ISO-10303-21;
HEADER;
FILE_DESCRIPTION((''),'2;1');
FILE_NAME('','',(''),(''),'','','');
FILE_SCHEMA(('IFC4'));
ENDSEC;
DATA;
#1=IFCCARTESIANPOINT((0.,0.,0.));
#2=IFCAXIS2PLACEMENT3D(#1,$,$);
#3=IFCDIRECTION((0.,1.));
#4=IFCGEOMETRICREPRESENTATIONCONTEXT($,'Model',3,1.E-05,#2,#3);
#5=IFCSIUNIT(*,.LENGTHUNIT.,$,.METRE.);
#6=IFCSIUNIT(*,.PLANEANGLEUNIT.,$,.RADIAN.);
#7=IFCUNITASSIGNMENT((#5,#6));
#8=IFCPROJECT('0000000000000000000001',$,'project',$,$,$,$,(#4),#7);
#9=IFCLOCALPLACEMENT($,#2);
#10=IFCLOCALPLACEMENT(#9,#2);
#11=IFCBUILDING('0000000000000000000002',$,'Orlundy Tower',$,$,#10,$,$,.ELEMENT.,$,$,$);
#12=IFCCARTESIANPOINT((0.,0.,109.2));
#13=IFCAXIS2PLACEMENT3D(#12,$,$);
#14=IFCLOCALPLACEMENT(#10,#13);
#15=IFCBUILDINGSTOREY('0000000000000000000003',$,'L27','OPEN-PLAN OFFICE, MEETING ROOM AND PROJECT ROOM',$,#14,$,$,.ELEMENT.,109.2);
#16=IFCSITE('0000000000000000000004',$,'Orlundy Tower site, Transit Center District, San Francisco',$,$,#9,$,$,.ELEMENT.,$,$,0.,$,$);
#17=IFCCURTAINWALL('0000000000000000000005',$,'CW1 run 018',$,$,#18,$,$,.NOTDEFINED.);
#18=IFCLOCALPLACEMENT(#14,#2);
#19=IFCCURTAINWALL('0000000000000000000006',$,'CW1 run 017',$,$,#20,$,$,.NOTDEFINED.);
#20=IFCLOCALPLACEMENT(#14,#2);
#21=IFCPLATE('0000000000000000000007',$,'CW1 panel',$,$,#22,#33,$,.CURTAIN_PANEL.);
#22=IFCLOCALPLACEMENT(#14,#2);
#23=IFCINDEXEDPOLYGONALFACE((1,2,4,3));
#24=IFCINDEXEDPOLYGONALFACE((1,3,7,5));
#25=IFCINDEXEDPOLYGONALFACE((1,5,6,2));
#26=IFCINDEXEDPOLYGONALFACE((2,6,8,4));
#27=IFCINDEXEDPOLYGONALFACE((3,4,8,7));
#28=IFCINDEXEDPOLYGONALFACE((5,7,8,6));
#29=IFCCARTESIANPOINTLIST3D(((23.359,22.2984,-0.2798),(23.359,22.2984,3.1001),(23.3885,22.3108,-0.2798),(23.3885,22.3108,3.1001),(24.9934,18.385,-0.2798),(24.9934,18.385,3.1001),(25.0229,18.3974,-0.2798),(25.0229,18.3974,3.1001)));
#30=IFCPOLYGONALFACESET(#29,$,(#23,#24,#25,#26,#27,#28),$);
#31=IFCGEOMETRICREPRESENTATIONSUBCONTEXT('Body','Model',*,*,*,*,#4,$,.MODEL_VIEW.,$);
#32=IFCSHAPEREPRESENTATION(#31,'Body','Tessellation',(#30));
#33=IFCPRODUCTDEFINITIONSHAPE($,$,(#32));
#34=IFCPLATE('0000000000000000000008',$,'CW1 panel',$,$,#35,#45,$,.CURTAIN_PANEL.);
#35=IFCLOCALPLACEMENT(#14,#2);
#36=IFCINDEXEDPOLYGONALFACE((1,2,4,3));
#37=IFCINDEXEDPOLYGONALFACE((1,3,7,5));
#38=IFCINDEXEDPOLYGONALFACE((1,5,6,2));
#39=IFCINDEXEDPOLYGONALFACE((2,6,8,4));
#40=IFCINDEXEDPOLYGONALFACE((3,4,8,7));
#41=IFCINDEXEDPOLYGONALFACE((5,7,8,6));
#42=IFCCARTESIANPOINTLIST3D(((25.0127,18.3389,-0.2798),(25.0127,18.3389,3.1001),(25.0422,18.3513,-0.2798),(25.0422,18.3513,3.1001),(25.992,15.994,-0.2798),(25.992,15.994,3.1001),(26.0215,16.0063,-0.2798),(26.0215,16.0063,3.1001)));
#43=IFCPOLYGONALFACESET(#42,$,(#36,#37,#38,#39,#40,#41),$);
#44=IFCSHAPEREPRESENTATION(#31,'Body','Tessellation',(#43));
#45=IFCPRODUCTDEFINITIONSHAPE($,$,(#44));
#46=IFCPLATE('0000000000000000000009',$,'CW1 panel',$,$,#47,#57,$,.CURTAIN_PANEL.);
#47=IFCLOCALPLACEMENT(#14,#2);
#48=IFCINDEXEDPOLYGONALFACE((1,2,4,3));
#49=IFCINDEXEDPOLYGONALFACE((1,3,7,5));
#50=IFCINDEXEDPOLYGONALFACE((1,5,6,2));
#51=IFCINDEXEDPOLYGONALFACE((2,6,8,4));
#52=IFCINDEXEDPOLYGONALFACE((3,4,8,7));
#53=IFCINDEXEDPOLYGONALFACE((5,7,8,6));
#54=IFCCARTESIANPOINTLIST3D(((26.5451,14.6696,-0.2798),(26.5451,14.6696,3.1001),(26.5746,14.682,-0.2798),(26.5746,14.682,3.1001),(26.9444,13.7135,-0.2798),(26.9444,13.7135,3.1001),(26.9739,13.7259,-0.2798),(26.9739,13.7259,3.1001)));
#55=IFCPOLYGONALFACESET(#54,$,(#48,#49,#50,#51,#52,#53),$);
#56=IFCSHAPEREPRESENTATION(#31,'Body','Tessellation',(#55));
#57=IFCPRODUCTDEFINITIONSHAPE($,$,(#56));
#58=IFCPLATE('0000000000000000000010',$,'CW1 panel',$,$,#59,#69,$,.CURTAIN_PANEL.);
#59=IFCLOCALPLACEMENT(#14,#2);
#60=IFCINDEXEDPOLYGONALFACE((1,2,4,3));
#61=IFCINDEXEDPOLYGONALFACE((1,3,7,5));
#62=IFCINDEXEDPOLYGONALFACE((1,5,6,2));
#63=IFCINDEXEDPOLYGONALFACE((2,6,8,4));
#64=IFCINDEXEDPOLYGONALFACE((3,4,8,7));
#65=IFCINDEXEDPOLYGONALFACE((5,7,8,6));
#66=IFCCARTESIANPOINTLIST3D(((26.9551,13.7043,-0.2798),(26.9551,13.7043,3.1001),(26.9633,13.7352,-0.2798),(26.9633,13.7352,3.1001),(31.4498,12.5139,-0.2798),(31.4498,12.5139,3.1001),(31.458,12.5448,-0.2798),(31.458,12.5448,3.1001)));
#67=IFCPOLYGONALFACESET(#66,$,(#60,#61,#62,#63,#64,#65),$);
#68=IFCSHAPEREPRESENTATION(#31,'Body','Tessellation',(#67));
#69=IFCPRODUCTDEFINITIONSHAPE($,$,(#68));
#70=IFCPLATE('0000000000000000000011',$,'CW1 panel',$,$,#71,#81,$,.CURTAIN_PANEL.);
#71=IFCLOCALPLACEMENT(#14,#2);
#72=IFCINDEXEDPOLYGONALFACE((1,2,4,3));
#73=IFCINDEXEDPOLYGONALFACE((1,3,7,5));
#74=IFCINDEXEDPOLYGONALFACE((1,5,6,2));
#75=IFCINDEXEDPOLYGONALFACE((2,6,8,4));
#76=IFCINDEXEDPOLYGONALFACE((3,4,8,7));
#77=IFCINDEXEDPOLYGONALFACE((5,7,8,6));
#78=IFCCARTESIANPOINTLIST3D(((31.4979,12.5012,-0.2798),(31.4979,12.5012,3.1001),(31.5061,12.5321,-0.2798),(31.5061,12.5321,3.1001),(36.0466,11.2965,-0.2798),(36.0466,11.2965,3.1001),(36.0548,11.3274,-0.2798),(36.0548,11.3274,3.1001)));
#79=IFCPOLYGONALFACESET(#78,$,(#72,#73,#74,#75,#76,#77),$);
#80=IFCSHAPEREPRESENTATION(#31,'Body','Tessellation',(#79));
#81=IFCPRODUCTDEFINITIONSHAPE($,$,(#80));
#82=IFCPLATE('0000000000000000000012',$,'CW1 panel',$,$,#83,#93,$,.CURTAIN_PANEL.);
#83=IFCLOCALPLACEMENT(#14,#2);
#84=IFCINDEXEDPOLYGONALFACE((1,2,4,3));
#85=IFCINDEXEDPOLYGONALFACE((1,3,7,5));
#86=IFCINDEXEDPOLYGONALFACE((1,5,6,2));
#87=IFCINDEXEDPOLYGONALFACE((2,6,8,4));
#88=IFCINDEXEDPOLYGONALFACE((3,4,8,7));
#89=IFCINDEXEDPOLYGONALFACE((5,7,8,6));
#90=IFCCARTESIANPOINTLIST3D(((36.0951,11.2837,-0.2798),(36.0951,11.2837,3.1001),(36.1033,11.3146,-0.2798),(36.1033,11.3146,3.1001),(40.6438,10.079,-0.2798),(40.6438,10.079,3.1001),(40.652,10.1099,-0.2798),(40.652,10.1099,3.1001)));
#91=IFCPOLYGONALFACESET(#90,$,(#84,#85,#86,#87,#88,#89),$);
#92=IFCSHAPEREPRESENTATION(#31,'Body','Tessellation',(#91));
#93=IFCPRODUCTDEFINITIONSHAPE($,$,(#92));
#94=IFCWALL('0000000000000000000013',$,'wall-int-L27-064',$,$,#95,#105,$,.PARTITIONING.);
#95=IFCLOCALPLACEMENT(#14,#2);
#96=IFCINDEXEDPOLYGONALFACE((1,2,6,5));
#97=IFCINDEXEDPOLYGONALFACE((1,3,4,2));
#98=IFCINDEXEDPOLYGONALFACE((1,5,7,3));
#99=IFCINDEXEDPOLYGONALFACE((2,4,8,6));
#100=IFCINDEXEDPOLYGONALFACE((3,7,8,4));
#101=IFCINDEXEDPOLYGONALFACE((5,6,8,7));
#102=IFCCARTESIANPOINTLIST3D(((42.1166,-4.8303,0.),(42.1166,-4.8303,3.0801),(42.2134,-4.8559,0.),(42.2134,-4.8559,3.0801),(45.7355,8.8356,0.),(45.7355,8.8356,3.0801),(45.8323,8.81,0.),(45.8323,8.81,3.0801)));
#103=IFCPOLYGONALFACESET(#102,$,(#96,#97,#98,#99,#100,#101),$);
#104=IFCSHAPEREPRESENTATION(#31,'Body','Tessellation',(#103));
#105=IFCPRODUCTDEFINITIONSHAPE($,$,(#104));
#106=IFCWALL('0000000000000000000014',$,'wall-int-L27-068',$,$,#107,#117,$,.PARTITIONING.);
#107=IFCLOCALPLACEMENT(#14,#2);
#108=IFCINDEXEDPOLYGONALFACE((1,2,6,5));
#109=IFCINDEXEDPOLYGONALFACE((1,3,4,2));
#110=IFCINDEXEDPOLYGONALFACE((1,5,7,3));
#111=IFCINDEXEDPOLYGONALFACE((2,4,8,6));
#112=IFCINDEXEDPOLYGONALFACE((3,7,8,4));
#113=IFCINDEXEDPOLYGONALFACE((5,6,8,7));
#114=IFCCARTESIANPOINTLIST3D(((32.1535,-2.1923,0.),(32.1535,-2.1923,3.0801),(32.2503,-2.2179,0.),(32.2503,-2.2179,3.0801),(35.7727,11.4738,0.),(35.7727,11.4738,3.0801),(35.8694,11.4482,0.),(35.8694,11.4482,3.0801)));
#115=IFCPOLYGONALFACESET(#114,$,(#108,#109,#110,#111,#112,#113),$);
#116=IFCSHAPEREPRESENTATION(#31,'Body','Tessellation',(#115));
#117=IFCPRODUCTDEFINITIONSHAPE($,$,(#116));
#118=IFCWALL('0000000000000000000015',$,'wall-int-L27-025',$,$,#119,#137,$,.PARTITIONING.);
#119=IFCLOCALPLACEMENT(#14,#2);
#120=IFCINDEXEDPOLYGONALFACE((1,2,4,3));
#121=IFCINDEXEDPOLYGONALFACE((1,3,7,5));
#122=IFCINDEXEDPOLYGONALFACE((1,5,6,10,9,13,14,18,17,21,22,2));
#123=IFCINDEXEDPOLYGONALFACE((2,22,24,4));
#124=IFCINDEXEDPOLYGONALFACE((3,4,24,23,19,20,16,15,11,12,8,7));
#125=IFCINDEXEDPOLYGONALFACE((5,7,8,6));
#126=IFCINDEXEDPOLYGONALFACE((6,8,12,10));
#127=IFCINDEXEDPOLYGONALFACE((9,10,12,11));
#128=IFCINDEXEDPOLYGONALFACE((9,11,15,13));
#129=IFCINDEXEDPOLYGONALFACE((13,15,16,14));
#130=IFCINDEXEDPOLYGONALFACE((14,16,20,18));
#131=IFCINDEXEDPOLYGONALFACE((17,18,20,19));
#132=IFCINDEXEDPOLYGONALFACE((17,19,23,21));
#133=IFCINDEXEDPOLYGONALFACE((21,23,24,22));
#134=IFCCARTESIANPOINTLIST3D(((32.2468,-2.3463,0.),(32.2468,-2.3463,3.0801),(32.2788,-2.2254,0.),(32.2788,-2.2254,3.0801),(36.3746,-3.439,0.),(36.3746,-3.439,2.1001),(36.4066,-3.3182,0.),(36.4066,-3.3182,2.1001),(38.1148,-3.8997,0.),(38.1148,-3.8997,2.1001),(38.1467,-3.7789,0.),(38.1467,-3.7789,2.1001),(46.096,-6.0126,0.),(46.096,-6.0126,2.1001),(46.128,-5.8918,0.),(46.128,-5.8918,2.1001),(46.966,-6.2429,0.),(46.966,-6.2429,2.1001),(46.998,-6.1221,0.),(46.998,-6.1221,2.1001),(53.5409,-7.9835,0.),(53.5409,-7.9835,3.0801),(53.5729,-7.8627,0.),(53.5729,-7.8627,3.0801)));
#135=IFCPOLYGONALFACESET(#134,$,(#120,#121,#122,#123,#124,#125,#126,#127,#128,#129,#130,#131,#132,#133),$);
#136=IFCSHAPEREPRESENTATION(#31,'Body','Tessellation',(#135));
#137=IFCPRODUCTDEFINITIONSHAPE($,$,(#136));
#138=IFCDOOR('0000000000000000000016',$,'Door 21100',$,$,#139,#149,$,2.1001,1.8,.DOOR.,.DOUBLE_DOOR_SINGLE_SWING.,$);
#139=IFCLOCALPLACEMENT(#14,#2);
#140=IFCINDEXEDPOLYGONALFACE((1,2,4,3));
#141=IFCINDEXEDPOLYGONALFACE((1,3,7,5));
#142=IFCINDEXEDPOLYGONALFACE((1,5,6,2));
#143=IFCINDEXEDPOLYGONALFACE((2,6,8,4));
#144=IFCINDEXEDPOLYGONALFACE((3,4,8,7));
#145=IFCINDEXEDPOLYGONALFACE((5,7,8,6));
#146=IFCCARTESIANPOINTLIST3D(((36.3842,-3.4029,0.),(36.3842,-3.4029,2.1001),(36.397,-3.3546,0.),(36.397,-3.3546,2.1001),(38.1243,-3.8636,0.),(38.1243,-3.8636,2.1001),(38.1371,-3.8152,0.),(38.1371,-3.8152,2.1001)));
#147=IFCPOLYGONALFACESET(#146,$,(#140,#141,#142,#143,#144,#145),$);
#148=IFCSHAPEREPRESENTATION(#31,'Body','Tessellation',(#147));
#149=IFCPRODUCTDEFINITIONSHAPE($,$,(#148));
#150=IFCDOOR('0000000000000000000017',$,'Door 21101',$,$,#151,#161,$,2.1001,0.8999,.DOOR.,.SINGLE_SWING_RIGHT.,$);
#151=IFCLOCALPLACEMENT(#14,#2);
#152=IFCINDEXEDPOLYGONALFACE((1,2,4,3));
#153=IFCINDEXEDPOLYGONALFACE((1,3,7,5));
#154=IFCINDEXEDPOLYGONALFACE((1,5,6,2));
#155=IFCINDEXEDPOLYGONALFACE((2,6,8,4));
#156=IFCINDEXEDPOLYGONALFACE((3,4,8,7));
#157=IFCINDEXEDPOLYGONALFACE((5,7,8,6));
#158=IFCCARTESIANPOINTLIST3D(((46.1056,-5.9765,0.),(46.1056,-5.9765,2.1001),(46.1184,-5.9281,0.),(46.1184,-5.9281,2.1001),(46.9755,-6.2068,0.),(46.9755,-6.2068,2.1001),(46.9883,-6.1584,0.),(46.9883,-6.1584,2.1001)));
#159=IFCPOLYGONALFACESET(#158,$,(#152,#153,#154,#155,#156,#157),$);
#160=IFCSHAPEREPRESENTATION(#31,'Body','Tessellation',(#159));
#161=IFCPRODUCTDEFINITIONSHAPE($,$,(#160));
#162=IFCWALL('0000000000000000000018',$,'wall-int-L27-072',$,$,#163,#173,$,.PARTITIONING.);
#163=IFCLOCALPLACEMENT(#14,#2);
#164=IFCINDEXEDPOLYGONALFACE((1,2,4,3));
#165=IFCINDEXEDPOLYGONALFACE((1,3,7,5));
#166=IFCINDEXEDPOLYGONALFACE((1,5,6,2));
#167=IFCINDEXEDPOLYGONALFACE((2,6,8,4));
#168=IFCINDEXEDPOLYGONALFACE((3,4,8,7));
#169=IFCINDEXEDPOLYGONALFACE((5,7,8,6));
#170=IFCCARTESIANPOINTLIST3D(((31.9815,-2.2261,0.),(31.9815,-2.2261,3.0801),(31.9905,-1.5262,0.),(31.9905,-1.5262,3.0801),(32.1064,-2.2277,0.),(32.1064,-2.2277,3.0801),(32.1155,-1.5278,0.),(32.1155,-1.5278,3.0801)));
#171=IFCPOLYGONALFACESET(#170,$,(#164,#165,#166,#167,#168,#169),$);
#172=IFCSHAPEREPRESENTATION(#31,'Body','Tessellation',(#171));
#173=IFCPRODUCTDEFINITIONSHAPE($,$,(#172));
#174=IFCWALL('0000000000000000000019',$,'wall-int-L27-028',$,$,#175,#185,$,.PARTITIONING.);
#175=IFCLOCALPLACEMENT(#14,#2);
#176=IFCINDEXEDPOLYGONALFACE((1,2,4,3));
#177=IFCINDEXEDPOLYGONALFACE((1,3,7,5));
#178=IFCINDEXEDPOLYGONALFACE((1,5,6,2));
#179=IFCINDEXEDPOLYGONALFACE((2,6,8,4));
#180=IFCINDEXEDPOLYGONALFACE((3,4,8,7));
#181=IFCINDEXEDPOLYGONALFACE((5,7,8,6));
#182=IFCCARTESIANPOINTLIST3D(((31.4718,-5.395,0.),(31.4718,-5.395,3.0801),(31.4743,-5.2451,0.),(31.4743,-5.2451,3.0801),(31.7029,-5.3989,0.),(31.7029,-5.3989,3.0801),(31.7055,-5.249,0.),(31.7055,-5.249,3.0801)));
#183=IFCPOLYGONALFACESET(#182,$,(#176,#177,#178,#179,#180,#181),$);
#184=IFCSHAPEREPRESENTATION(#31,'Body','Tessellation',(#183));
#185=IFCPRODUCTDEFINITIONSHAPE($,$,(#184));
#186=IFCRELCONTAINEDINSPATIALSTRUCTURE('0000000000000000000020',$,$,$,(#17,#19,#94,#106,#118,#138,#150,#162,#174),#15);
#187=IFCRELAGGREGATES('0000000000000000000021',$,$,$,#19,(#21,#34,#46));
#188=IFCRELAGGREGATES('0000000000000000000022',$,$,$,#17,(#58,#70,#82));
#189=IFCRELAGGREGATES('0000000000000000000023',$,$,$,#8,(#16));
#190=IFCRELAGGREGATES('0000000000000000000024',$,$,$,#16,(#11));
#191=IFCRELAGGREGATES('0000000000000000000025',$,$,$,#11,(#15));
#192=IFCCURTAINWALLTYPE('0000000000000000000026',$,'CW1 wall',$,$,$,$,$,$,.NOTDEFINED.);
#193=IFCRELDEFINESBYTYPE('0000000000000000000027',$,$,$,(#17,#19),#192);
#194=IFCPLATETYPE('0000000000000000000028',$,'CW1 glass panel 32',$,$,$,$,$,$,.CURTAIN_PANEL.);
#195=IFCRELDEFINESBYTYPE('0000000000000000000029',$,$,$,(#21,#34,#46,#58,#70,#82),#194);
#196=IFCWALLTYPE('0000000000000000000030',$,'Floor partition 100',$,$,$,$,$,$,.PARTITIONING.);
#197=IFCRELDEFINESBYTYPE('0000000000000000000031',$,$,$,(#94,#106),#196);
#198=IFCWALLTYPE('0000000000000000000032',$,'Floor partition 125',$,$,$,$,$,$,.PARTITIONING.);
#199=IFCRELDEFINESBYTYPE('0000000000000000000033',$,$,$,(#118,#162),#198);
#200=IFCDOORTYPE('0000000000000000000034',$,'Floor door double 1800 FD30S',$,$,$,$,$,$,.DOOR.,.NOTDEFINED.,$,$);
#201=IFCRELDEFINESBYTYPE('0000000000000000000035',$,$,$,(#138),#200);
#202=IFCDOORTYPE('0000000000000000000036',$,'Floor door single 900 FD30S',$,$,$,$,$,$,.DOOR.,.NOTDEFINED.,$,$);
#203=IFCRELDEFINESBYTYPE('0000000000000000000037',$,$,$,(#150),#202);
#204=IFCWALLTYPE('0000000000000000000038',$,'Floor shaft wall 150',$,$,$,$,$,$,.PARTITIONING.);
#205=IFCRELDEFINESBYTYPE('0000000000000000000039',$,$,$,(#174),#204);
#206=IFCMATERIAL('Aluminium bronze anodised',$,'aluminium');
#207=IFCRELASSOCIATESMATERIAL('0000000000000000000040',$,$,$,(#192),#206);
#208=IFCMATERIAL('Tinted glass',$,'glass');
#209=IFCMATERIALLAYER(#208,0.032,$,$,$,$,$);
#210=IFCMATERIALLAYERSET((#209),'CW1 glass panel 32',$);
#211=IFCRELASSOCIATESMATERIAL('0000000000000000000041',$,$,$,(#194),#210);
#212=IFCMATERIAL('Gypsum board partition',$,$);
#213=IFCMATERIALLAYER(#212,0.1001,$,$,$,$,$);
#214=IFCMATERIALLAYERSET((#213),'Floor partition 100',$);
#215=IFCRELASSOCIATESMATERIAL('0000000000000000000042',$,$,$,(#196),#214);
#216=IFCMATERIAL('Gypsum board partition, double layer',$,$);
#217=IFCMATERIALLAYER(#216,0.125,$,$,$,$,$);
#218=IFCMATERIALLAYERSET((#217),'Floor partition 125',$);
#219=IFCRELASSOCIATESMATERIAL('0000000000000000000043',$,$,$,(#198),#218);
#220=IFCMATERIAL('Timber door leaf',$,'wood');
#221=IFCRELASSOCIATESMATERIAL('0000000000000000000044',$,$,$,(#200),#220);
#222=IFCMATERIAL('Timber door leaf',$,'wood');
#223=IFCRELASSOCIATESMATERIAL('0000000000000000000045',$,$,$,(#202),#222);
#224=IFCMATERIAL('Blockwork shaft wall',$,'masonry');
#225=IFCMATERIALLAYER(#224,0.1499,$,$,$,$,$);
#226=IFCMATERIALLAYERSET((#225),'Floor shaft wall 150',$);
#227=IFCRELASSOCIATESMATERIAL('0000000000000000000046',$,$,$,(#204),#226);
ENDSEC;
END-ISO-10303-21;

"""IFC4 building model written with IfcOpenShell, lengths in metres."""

from ifc_helpers import new_model, si_unit, direction, frame, frame_2d, origin, origin_2d, place, context, subcontext, project, spatial, rectangle, extrude, material, layer, layer_set, type_object, element, fill, aggregate, save


model = new_model("IFC4")

# Units and contexts
model_context = context("Model", 3, precision=1e-05, world=origin(), true_north=direction((0.0, 1.0)))
body_context = subcontext(model_context, "Body", "Model", "MODEL_VIEW")
ifc_project = project(units=[si_unit("LENGTHUNIT", "METRE"), si_unit("PLANEANGLEUNIT", "RADIAN")], contexts=[model_context])

# Site, building, storey
site_placement = place(None, origin())
site = spatial("IfcSite", under=ifc_project, at=site_placement, Name="Orlundy Tower site, Transit Center District, San Francisco", CompositionType="ELEMENT", RefElevation=0.0)
building_placement = place(site_placement, origin())
building = spatial("IfcBuilding", under=site, at=building_placement, Name="Orlundy Tower", CompositionType="ELEMENT")
storey_placement = place(building_placement, frame((0.0, 0.0, 109.2)))
storey = spatial("IfcBuildingStorey", under=building, at=storey_placement, Name="L27", Description="OPEN-PLAN OFFICE, MEETING ROOM AND PROJECT ROOM", CompositionType="ELEMENT", Elevation=109.2)

# Curtain walls
ifc_material_1 = material(Name="Aluminium bronze anodised", Category="aluminium")
curtain_wall_type = type_object("IfcCurtainWallType", Name="CW1 wall", PredefinedType="NOTDEFINED", material=ifc_material_1)
curtain_wall_1_placement = place(storey_placement, origin())
curtain_wall_1 = element("IfcCurtainWall", 1, at=curtain_wall_1_placement, inside=storey, type_object=curtain_wall_type, Name="CW1 run 018", PredefinedType="NOTDEFINED")
curtain_wall_2_placement = place(storey_placement, origin())
curtain_wall_2 = element("IfcCurtainWall", 2, at=curtain_wall_2_placement, inside=storey, type_object=curtain_wall_type, Name="CW1 run 017", PredefinedType="NOTDEFINED")

# Plates
ifc_material_2 = material(Name="Tinted glass", Category="glass")
ifc_layer_1 = layer(ifc_material_2, 0.032)
ifc_layer_set_1 = layer_set([ifc_layer_1], Name="CW1 glass panel 32")
plate_type = type_object("IfcPlateType", Name="CW1 glass panel 32", PredefinedType="CURTAIN_PANEL", material=ifc_layer_set_1)
plate_1_placement = place(storey_placement, frame((24.1909, 20.3479, -0.2798), z_axis=(0.0, 0.0, 1.0), x_axis=(0.385378, -0.922759, 0.0)))
plate_1 = element("IfcPlate", 3, at=plate_1_placement, type_object=plate_type, Name="CW1 panel", PredefinedType="CURTAIN_PANEL", context=body_context, shape_type="SweptSolid", body=[
    extrude(rectangle(XDim=4.241, YDim=0.032, at=origin_2d()), origin(), (0.0, 0.0, 1.0), 3.3799),
])
plate_2_placement = place(storey_placement, frame((25.5171, 17.1726, -0.2798), z_axis=(0.0, 0.0, 1.0), x_axis=(0.385378, -0.922759, 0.0)))
plate_2 = element("IfcPlate", 4, at=plate_2_placement, type_object=plate_type, Name="CW1 panel", PredefinedType="CURTAIN_PANEL", context=body_context, shape_type="SweptSolid", body=[
    extrude(rectangle(XDim=2.5413, YDim=0.032, at=origin_2d()), origin(), (0.0, 0.0, 1.0), 3.3799),
])
plate_3_placement = place(storey_placement, frame((26.7595, 14.1978, -0.2798), z_axis=(0.0, 0.0, 1.0), x_axis=(0.385378, -0.922759, 0.0)))
plate_3 = element("IfcPlate", 5, at=plate_3_placement, type_object=plate_type, Name="CW1 panel", PredefinedType="CURTAIN_PANEL", context=body_context, shape_type="SweptSolid", body=[
    extrude(rectangle(XDim=1.0361, YDim=0.032, at=origin_2d()), origin(), (0.0, 0.0, 1.0), 3.3799),
])
aggregate(curtain_wall_2, [plate_1, plate_2, plate_3])
plate_4_placement = place(storey_placement, frame((29.2065, 13.1245, -0.2798), z_axis=(0.0, 0.0, 1.0), x_axis=(0.966672, -0.25602, 0.0)))
plate_4 = element("IfcPlate", 6, at=plate_4_placement, type_object=plate_type, Name="CW1 panel", PredefinedType="CURTAIN_PANEL", context=body_context, shape_type="SweptSolid", body=[
    extrude(rectangle(XDim=4.6497, YDim=0.032, at=origin_2d()), origin(), (0.0, 0.0, 1.0), 3.3799),
])
plate_5_placement = place(storey_placement, frame((33.7764, 11.9143, -0.2798), z_axis=(0.0, 0.0, 1.0), x_axis=(0.966672, -0.25602, 0.0)))
plate_5 = element("IfcPlate", 7, at=plate_5_placement, type_object=plate_type, Name="CW1 panel", PredefinedType="CURTAIN_PANEL", context=body_context, shape_type="SweptSolid", body=[
    extrude(rectangle(XDim=4.7056, YDim=0.032, at=origin_2d()), origin(), (0.0, 0.0, 1.0), 3.3799),
])
plate_6_placement = place(storey_placement, frame((38.3735, 10.6968, -0.2798), z_axis=(0.0, 0.0, 1.0), x_axis=(0.966672, -0.25602, 0.0)))
plate_6 = element("IfcPlate", 8, at=plate_6_placement, type_object=plate_type, Name="CW1 panel", PredefinedType="CURTAIN_PANEL", context=body_context, shape_type="SweptSolid", body=[
    extrude(rectangle(XDim=4.7056, YDim=0.032, at=origin_2d()), origin(), (0.0, 0.0, 1.0), 3.3799),
])
aggregate(curtain_wall_1, [plate_4, plate_5, plate_6])

# Walls
ifc_material_3 = material(Name="Gypsum board partition")
ifc_layer_2 = layer(ifc_material_3, 0.1001)
ifc_layer_set_2 = layer_set([ifc_layer_2], Name="Floor partition 100")
wall_type_1 = type_object("IfcWallType", Name="Floor partition 100", PredefinedType="PARTITIONING", material=ifc_layer_set_2)
wall_1_placement = place(storey_placement, frame((42.165, -4.843, 0.0), z_axis=(0.0, 0.0, 1.0), x_axis=(0.255987, 0.96668, 0.0)))
element("IfcWall", 9, at=wall_1_placement, inside=storey, type_object=wall_type_1, Name="wall-int-L27-064", PredefinedType="PARTITIONING", context=body_context, shape_type="SweptSolid", body=[
    extrude(rectangle(XDim=14.137, YDim=0.1001, at=frame_2d((7.0684, 0.0))), origin(), (0.0, 0.0, 1.0), 3.0801),
])
wall_2_placement = place(storey_placement, frame((32.2019, -2.2051, 0.0), z_axis=(0.0, 0.0, 1.0), x_axis=(0.256003, 0.966676, 0.0)))
element("IfcWall", 10, at=wall_2_placement, inside=storey, type_object=wall_type_1, Name="wall-int-L27-068", PredefinedType="PARTITIONING", context=body_context, shape_type="SweptSolid", body=[
    extrude(rectangle(XDim=14.1372, YDim=0.1001, at=frame_2d((7.0686, 0.0))), origin(), (0.0, 0.0, 1.0), 3.0801),
])

# Wall, openings, doors
ifc_material_4 = material(Name="Gypsum board partition, double layer")
ifc_layer_3 = layer(ifc_material_4, 0.125)
ifc_layer_set_3 = layer_set([ifc_layer_3], Name="Floor partition 125")
wall_type_2 = type_object("IfcWallType", Name="Floor partition 125", PredefinedType="PARTITIONING", material=ifc_layer_set_3)
wall_3_placement = place(storey_placement, frame((32.2629, -2.2859, 0.0), z_axis=(0.0, 0.0, 1.0), x_axis=(0.966699, -0.255917, 0.0)))
wall_3 = element("IfcWall", 11, at=wall_3_placement, inside=storey, type_object=wall_type_2, Name="wall-int-L27-025", PredefinedType="PARTITIONING", context=body_context, shape_type="SweptSolid", body=[
    extrude(rectangle(XDim=22.0276, YDim=0.125, at=frame_2d((11.0137, 0.0))), origin(), (0.0, 0.0, 1.0), 3.0801),
])
opening_1_placement = place(wall_3_placement, frame((4.27, 0.0, 0.0)))
opening_1 = element("IfcOpeningElement", 12, at=opening_1_placement, cuts=wall_3, PredefinedType="OPENING", context=body_context, shape_type="SweptSolid", body=[
    extrude(rectangle(XDim=1.8, YDim=2.1001, at=frame_2d((0.8999, 1.05))), frame((0.0, 0.0725, 0.0), z_axis=(0.0, -1.0, 0.0), x_axis=(1.0, 0.0, 0.0)), (0.0, 0.0, 1.0), 0.145),
])
opening_2_placement = place(wall_3_placement, frame((14.3262, 0.0, 0.0)))
opening_2 = element("IfcOpeningElement", 13, at=opening_2_placement, cuts=wall_3, PredefinedType="OPENING", context=body_context, shape_type="SweptSolid", body=[
    extrude(rectangle(XDim=0.8999, YDim=2.1001, at=frame_2d((0.45, 1.05))), frame((0.0, 0.0725, 0.0), z_axis=(0.0, -1.0, 0.0), x_axis=(1.0, 0.0, 0.0)), (0.0, 0.0, 1.0), 0.145),
])
ifc_material_5 = material(Name="Timber door leaf", Category="wood")
door_type_1 = type_object("IfcDoorType", Name="Floor door double 1800 FD30S", OperationType="NOTDEFINED", PredefinedType="DOOR", material=ifc_material_5)
door_1_placement = place(opening_1_placement, origin())
door_1 = element("IfcDoor", 14, at=door_1_placement, inside=storey, type_object=door_type_1, Name="Door 21100", OperationType="DOUBLE_DOOR_SINGLE_SWING", OverallHeight=2.1001, OverallWidth=1.8, PredefinedType="DOOR", context=body_context, shape_type="SweptSolid", body=[
    extrude(rectangle(XDim=1.8, YDim=2.1001, at=frame_2d((0.8999, 1.05))), frame((0.0, 0.0249, 0.0), z_axis=(0.0, -1.0, 0.0), x_axis=(1.0, 0.0, 0.0)), (0.0, 0.0, 1.0), 0.05),
])
fill(opening_1, door_1)
ifc_material_6 = material(Name="Timber door leaf", Category="wood")
door_type_2 = type_object("IfcDoorType", Name="Floor door single 900 FD30S", OperationType="NOTDEFINED", PredefinedType="DOOR", material=ifc_material_6)
door_2_placement = place(opening_2_placement, origin())
door_2 = element("IfcDoor", 15, at=door_2_placement, inside=storey, type_object=door_type_2, Name="Door 21101", OperationType="SINGLE_SWING_RIGHT", OverallHeight=2.1001, OverallWidth=0.8999, PredefinedType="DOOR", context=body_context, shape_type="SweptSolid", body=[
    extrude(rectangle(XDim=0.8999, YDim=2.1001, at=frame_2d((0.45, 1.05))), frame((0.0, 0.0249, 0.0), z_axis=(0.0, -1.0, 0.0), x_axis=(1.0, 0.0, 0.0)), (0.0, 0.0, 1.0), 0.05),
])
fill(opening_2, door_2)

# Walls
wall_4_placement = place(storey_placement, frame((32.0439, -2.2271, 0.0), z_axis=(0.0, 0.0, 1.0), x_axis=(0.012904, 0.999917, 0.0)))
element("IfcWall", 16, at=wall_4_placement, inside=storey, type_object=wall_type_2, Name="wall-int-L27-072", PredefinedType="PARTITIONING", context=body_context, shape_type="SweptSolid", body=[
    extrude(rectangle(XDim=0.7, YDim=0.125, at=frame_2d((0.3501, 0.0))), origin(), (0.0, 0.0, 1.0), 3.0801),
])
ifc_material_7 = material(Name="Blockwork shaft wall", Category="masonry")
ifc_layer_4 = layer(ifc_material_7, 0.1499)
ifc_layer_set_4 = layer_set([ifc_layer_4], Name="Floor shaft wall 150")
wall_type_3 = type_object("IfcWallType", Name="Floor shaft wall 150", PredefinedType="PARTITIONING", material=ifc_layer_set_4)
wall_5_placement = place(storey_placement, frame((31.4729, -5.3201, 0.0), z_axis=(0.0, 0.0, 1.0), x_axis=(0.999857, -0.016893, 0.0)))
element("IfcWall", 17, at=wall_5_placement, inside=storey, type_object=wall_type_3, Name="wall-int-L27-028", PredefinedType="PARTITIONING", context=body_context, shape_type="SweptSolid", body=[
    extrude(rectangle(XDim=0.2312, YDim=0.1499, at=frame_2d((0.1157, 0.0))), origin(), (0.0, 0.0, 1.0), 3.0801),
])

save(model, "model.ifc")
